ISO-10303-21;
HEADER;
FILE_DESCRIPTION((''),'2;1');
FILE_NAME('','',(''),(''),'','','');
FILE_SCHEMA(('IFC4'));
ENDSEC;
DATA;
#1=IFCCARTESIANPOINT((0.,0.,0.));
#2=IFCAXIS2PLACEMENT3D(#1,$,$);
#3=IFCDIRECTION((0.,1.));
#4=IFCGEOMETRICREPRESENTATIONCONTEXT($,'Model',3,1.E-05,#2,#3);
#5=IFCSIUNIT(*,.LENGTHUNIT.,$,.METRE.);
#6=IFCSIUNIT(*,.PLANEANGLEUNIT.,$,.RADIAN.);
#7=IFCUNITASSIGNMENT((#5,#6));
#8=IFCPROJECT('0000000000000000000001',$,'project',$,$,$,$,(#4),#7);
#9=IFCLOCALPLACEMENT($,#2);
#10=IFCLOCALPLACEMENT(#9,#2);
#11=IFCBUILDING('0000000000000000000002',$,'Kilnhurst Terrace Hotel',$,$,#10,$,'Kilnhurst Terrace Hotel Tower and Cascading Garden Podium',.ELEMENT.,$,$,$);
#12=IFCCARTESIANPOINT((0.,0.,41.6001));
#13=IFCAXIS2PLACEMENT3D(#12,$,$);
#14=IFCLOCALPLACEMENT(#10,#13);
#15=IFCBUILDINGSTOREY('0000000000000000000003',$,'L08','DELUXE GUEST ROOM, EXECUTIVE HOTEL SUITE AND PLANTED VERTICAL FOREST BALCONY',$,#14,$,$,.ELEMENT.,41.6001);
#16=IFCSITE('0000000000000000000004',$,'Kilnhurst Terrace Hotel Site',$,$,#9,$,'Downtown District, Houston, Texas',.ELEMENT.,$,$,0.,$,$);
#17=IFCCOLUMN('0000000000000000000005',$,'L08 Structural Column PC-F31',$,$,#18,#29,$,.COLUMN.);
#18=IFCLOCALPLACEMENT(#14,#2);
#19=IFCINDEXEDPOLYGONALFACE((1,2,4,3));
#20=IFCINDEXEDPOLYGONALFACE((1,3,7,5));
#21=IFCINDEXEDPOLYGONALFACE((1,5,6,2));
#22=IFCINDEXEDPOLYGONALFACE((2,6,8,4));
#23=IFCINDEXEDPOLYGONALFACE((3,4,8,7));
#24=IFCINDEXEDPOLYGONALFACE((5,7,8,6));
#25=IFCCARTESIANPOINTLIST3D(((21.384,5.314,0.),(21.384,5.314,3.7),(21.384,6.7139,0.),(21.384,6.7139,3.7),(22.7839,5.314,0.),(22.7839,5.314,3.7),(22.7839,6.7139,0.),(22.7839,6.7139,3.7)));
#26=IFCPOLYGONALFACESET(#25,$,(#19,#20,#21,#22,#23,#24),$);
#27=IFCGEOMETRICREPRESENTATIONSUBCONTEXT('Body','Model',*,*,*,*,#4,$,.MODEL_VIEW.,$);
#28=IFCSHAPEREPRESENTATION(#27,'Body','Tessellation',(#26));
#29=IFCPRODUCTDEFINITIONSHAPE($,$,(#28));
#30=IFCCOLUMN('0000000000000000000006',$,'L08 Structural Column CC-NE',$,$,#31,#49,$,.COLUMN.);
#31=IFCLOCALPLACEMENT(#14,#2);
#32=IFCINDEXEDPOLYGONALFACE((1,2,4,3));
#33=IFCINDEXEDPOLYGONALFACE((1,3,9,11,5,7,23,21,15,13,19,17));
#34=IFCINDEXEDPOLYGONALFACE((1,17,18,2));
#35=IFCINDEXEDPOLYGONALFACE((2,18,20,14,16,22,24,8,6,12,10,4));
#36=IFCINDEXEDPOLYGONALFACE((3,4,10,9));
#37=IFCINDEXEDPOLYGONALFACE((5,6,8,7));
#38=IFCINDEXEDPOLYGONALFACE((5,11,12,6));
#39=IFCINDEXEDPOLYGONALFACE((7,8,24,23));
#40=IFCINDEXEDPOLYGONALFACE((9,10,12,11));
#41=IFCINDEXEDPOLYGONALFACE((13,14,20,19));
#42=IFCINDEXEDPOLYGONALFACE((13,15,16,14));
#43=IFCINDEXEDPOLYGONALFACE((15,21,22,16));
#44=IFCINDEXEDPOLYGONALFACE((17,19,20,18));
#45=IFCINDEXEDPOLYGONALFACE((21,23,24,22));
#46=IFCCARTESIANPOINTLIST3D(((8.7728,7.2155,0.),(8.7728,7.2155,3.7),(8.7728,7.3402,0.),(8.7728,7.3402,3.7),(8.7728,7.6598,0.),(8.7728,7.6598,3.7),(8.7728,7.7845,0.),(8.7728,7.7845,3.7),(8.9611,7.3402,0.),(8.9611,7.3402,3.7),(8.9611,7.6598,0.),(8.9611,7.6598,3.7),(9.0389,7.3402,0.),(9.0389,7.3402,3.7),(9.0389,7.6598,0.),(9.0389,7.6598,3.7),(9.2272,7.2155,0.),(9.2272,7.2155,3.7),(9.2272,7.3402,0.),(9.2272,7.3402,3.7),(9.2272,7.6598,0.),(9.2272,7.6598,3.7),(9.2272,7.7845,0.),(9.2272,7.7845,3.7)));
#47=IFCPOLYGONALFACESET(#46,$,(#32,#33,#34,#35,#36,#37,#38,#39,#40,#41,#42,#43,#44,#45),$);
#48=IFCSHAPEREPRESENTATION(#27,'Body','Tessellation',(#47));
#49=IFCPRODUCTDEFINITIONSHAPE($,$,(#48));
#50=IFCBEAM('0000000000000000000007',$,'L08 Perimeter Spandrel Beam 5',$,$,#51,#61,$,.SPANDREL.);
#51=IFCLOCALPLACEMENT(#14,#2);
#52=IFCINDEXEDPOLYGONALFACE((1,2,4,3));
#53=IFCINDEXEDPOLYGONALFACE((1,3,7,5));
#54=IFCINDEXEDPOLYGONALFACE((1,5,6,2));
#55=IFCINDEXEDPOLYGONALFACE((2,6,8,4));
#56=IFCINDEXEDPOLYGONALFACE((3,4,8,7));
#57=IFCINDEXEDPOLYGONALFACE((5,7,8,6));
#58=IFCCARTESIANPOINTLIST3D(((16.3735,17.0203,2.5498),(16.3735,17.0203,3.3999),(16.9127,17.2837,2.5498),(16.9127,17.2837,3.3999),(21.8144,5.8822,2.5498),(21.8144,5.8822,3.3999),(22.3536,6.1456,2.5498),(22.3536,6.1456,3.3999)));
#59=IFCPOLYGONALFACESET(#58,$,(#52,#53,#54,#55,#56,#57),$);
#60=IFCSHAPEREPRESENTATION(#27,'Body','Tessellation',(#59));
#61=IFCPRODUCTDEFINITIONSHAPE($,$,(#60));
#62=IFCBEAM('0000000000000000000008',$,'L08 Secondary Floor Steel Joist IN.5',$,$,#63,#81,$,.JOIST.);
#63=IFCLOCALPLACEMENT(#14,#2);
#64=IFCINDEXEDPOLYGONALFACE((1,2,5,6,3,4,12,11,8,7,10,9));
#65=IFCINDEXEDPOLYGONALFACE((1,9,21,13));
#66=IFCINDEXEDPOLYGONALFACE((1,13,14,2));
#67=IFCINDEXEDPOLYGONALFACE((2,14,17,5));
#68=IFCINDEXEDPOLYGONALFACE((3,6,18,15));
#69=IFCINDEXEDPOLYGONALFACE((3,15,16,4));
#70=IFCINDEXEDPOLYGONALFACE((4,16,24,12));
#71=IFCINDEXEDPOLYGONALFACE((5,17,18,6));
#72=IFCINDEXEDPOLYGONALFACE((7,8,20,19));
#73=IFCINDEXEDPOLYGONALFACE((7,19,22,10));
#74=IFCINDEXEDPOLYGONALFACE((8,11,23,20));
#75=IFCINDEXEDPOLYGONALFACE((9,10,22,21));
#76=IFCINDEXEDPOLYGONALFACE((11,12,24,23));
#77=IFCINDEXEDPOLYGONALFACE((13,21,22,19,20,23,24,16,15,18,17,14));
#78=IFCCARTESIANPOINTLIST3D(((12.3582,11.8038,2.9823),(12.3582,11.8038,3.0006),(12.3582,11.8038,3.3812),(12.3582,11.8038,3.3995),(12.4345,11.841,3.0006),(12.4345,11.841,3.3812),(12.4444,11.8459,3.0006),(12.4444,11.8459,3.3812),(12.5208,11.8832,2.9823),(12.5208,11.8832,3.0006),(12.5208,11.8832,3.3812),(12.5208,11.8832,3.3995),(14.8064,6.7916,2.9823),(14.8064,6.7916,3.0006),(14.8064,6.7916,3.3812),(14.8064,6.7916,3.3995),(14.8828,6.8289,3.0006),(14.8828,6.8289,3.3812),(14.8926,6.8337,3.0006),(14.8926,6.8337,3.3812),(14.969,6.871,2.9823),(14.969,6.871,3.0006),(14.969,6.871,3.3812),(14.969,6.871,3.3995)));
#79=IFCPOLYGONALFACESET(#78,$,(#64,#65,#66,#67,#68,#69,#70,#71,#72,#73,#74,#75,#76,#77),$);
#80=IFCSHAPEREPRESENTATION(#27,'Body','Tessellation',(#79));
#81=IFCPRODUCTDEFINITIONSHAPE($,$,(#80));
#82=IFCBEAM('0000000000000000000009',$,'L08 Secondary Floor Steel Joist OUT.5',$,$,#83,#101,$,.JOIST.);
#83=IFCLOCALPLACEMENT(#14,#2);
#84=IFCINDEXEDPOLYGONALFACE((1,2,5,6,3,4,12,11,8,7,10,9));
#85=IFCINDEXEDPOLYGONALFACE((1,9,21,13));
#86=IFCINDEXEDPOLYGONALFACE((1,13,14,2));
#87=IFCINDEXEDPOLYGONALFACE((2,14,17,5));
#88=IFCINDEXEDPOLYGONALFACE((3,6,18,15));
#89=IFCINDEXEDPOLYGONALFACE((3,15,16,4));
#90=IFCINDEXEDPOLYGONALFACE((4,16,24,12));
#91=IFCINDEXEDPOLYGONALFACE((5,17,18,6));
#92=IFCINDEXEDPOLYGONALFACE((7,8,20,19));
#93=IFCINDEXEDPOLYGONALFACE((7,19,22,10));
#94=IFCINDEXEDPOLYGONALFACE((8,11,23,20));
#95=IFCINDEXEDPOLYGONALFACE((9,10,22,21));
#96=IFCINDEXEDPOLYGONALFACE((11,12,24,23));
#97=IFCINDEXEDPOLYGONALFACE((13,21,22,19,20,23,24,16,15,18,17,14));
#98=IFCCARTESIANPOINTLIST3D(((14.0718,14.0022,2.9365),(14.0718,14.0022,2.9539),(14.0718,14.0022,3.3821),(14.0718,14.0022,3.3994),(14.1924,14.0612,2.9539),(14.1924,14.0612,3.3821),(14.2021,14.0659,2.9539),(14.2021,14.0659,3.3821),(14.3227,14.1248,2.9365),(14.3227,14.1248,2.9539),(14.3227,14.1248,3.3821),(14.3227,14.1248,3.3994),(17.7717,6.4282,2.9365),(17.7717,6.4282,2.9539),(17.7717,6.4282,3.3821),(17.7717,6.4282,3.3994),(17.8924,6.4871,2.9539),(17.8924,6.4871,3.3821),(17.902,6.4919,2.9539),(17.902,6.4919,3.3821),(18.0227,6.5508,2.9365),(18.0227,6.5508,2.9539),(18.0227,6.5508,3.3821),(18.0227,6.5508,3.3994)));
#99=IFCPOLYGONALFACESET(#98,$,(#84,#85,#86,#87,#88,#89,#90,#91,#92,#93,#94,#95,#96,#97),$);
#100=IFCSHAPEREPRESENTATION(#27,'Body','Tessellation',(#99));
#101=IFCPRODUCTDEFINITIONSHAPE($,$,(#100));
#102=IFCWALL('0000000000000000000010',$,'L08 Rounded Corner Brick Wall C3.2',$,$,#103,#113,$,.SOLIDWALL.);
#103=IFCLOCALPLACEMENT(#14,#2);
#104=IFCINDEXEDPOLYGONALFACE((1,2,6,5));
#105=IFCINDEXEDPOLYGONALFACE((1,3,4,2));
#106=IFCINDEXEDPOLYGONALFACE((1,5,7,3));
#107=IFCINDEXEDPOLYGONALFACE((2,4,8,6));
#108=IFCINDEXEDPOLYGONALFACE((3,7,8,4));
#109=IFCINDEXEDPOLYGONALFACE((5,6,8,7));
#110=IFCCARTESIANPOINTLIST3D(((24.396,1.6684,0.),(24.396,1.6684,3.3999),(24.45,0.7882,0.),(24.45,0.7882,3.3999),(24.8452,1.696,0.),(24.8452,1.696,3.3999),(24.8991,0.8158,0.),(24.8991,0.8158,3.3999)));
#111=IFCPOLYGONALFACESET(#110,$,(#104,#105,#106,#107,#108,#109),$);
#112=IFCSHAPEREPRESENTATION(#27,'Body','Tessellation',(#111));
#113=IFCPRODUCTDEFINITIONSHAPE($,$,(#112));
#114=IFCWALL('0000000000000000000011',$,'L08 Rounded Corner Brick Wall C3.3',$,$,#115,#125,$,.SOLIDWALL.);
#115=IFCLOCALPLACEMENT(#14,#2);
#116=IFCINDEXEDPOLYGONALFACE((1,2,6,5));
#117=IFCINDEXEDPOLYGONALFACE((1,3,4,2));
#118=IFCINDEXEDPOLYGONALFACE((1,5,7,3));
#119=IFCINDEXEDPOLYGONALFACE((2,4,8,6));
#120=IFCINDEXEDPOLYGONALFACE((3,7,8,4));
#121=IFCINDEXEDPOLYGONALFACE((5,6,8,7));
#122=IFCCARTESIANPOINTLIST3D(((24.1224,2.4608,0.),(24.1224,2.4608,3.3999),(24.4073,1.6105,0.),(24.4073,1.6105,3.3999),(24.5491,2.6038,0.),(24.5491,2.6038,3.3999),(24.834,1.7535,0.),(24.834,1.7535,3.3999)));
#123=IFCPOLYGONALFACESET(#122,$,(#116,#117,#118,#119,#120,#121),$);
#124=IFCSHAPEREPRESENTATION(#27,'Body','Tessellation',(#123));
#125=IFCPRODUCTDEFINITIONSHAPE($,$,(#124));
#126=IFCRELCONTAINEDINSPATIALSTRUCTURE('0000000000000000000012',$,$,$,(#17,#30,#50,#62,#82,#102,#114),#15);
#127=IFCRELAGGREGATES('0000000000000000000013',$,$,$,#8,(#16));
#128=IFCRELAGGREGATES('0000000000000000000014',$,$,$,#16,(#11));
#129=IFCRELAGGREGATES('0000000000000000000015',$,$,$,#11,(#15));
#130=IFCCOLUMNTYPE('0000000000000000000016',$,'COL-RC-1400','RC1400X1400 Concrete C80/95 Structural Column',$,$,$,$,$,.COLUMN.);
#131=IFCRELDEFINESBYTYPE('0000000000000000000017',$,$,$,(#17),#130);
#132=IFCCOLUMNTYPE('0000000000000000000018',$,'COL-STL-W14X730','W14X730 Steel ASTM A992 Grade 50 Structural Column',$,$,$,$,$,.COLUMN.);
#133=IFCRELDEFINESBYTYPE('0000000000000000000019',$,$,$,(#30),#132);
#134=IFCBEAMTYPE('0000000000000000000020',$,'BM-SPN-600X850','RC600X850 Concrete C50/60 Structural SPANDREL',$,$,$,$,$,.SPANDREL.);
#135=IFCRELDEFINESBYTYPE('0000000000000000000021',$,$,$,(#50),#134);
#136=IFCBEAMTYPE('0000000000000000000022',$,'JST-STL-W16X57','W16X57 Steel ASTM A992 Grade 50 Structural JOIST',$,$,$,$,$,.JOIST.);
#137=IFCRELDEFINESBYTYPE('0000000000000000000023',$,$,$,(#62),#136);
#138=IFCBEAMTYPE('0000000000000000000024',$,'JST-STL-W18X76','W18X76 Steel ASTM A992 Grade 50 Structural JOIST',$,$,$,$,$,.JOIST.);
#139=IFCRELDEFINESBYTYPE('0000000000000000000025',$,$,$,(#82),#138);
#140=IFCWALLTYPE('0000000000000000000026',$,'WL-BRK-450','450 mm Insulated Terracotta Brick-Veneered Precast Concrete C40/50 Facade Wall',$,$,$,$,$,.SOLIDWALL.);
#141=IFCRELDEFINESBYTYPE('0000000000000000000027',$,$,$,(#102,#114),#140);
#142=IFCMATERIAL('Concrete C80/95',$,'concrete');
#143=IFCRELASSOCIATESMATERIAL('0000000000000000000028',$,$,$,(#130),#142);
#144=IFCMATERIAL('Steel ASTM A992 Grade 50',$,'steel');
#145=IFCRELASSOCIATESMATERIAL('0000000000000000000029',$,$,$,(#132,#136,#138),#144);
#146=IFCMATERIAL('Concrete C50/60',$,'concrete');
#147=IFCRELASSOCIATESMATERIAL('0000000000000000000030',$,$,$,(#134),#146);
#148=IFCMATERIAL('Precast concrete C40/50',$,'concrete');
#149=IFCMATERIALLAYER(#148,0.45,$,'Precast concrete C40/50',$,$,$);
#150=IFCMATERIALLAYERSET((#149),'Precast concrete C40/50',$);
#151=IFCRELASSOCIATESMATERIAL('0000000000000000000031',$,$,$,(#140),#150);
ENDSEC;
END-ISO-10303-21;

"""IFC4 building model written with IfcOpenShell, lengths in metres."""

from ifc_helpers import new_model, si_unit, direction, frame, frame_2d, origin, origin_2d, place, context, subcontext, project, spatial, rectangle, i_section, extrude, material, layer, layer_set, material_profile, profile_set, type_object, element, save


model = new_model("IFC4")

# Units and contexts
model_context = context("Model", 3, precision=1e-05, world=origin(), true_north=direction((0.0, 1.0)))
body_context = subcontext(model_context, "Body", "Model", "MODEL_VIEW")
ifc_project = project(units=[si_unit("LENGTHUNIT", "METRE"), si_unit("PLANEANGLEUNIT", "RADIAN")], contexts=[model_context])

# Site, building, storey
site_placement = place(None, origin())
site = spatial("IfcSite", under=ifc_project, at=site_placement, Name="Kilnhurst Terrace Hotel Site", LongName="Downtown District, Houston, Texas", CompositionType="ELEMENT", RefElevation=0.0)
building_placement = place(site_placement, origin())
building = spatial("IfcBuilding", under=site, at=building_placement, Name="Kilnhurst Terrace Hotel", LongName="Kilnhurst Terrace Hotel Tower and Cascading Garden Podium", CompositionType="ELEMENT")
storey_placement = place(building_placement, frame((0.0, 0.0, 41.6001)))
storey = spatial("IfcBuildingStorey", under=building, at=storey_placement, Name="L08", Description="DELUXE GUEST ROOM, EXECUTIVE HOTEL SUITE AND PLANTED VERTICAL FOREST BALCONY", CompositionType="ELEMENT", Elevation=41.6001)

# Columns
ifc_material_1 = material(Name="Concrete C80/95", Category="concrete")
ifc_material_profile_1 = material_profile(ifc_material_1, rectangle(XDim=1.3999, YDim=1.3999, at=origin_2d()), Name="RC1400X1400")
ifc_profile_set_1 = profile_set([ifc_material_profile_1], Name="Concrete C80/95")
column_type_1 = type_object("IfcColumnType", Name="COL-RC-1400", Description="RC1400X1400 Concrete C80/95 Structural Column", PredefinedType="COLUMN", material=ifc_profile_set_1)
column_1_placement = place(storey_placement, frame((22.084, 6.0139, 0.0), z_axis=(0.0, 0.0, 1.0), x_axis=(1.0, 0.0, 0.0)))
element("IfcColumn", 1, at=column_1_placement, inside=storey, type_object=column_type_1, Name="L08 Structural Column PC-F31", PredefinedType="COLUMN", context=body_context, shape_type="SweptSolid", body=[
    extrude(rectangle(XDim=1.3999, YDim=1.3999, at=origin_2d()), origin(), (0.0, 0.0, 1.0), 3.7),
])
ifc_material_2 = material(Name="Steel ASTM A992 Grade 50", Category="steel")
ifc_material_profile_2 = material_profile(ifc_material_2, i_section(OverallWidth=0.4543, OverallDepth=0.5691, WebThickness=0.0779, FlangeThickness=0.1248, at=origin_2d()), Name="W14X730")
ifc_profile_set_2 = profile_set([ifc_material_profile_2], Name="Steel ASTM A992 Grade 50")
column_type_2 = type_object("IfcColumnType", Name="COL-STL-W14X730", Description="W14X730 Steel ASTM A992 Grade 50 Structural Column", PredefinedType="COLUMN", material=ifc_profile_set_2)
column_2_placement = place(storey_placement, frame((9.0, 7.5, 0.0), z_axis=(0.0, 0.0, 1.0), x_axis=(1.0, 0.0, 0.0)))
element("IfcColumn", 2, at=column_2_placement, inside=storey, type_object=column_type_2, Name="L08 Structural Column CC-NE", PredefinedType="COLUMN", context=body_context, shape_type="SweptSolid", body=[
    extrude(i_section(OverallWidth=0.4543, OverallDepth=0.5691, WebThickness=0.0779, FlangeThickness=0.1248, at=origin_2d()), origin(), (0.0, 0.0, 1.0), 3.7),
])

# Beams
ifc_material_3 = material(Name="Concrete C50/60", Category="concrete")
ifc_material_profile_3 = material_profile(ifc_material_3, rectangle(XDim=0.6001, YDim=0.8501, at=origin_2d()), Name="RC600X850")
ifc_profile_set_3 = profile_set([ifc_material_profile_3], Name="Concrete C50/60")
beam_type_1 = type_object("IfcBeamType", Name="BM-SPN-600X850", Description="RC600X850 Concrete C50/60 Structural SPANDREL", PredefinedType="SPANDREL", material=ifc_profile_set_3)
beam_1_placement = place(storey_placement, frame((22.084, 6.0139, 2.9749), z_axis=(-0.438923, 0.898525, 0.0), x_axis=(-0.898525, -0.438923, 0.0)))
element("IfcBeam", 3, at=beam_1_placement, inside=storey, type_object=beam_type_1, Name="L08 Perimeter Spandrel Beam 5", PredefinedType="SPANDREL", context=body_context, shape_type="SweptSolid", body=[
    extrude(rectangle(XDim=0.6001, YDim=0.8501, at=origin_2d()), origin(), (0.0, 0.0, 1.0), 12.396),
])
ifc_material_profile_4 = material_profile(ifc_material_2, i_section(OverallWidth=0.1809, OverallDepth=0.4172, WebThickness=0.011, FlangeThickness=0.0183, at=origin_2d()), Name="W16X57")
ifc_profile_set_4 = profile_set([ifc_material_profile_4], Name="Steel ASTM A992 Grade 50")
beam_type_2 = type_object("IfcBeamType", Name="JST-STL-W16X57", Description="W16X57 Steel ASTM A992 Grade 50 Structural JOIST", PredefinedType="JOIST", material=ifc_profile_set_4)
beam_2_placement = place(storey_placement, frame((14.8877, 6.8313, 3.1909), z_axis=(-0.438896, 0.898538, 0.0), x_axis=(-0.898538, -0.438896, 0.0)))
element("IfcBeam", 4, at=beam_2_placement, inside=storey, type_object=beam_type_2, Name="L08 Secondary Floor Steel Joist IN.5", PredefinedType="JOIST", context=body_context, shape_type="SweptSolid", body=[
    extrude(i_section(OverallWidth=0.1809, OverallDepth=0.4172, WebThickness=0.011, FlangeThickness=0.0183, at=origin_2d()), origin(), (0.0, 0.0, 1.0), 5.5781),
])
ifc_material_profile_5 = material_profile(ifc_material_2, i_section(OverallWidth=0.2793, OverallDepth=0.4629, WebThickness=0.0107, FlangeThickness=0.0173, at=origin_2d()), Name="W18X76")
ifc_profile_set_5 = profile_set([ifc_material_profile_5], Name="Steel ASTM A992 Grade 50")
beam_type_3 = type_object("IfcBeamType", Name="JST-STL-W18X76", Description="W18X76 Steel ASTM A992 Grade 50 Structural JOIST", PredefinedType="JOIST", material=ifc_profile_set_5)
beam_3_placement = place(storey_placement, frame((17.8972, 6.4895, 3.168), z_axis=(-0.438934, 0.898519, 0.0), x_axis=(-0.898519, -0.438934, 0.0)))
element("IfcBeam", 5, at=beam_3_placement, inside=storey, type_object=beam_type_3, Name="L08 Secondary Floor Steel Joist OUT.5", PredefinedType="JOIST", context=body_context, shape_type="SweptSolid", body=[
    extrude(i_section(OverallWidth=0.2793, OverallDepth=0.4629, WebThickness=0.0107, FlangeThickness=0.0173, at=origin_2d()), origin(), (0.0, 0.0, 1.0), 8.4294),
])

# Walls
ifc_material_4 = material(Name="Precast concrete C40/50", Category="concrete")
ifc_layer_1 = layer(ifc_material_4, 0.45, Name="Precast concrete C40/50")
ifc_layer_set_1 = layer_set([ifc_layer_1], Name="Precast concrete C40/50")
wall_type_1 = type_object("IfcWallType", Name="WL-BRK-450", Description="450 mm Insulated Terracotta Brick-Veneered Precast Concrete C40/50 Facade Wall", PredefinedType="SOLIDWALL", material=ifc_layer_set_1)
wall_1_placement = place(storey_placement, frame((24.6746, 0.802, 0.0), z_axis=(0.0, 0.0, 1.0), x_axis=(-0.061189, 0.998126, 0.0)))
element("IfcWall", 6, at=wall_1_placement, inside=storey, type_object=wall_type_1, Name="L08 Rounded Corner Brick Wall C3.2", PredefinedType="SOLIDWALL", context=body_context, shape_type="SweptSolid", body=[
    extrude(rectangle(XDim=0.8818, YDim=0.45, at=frame_2d((0.4409, 0.0))), origin(), (0.0, 0.0, 1.0), 3.3999),
])
wall_2_placement = place(storey_placement, frame((24.6206, 1.6821, 0.0), z_axis=(0.0, 0.0, 1.0), x_axis=(-0.317697, 0.948192, 0.0)))
element("IfcWall", 7, at=wall_2_placement, inside=storey, type_object=wall_type_1, Name="L08 Rounded Corner Brick Wall C3.3", PredefinedType="SOLIDWALL", context=body_context, shape_type="SweptSolid", body=[
    extrude(rectangle(XDim=0.8967, YDim=0.45, at=frame_2d((0.4482, 0.0))), origin(), (0.0, 0.0, 1.0), 3.3999),
])

save(model, "model.ifc")
